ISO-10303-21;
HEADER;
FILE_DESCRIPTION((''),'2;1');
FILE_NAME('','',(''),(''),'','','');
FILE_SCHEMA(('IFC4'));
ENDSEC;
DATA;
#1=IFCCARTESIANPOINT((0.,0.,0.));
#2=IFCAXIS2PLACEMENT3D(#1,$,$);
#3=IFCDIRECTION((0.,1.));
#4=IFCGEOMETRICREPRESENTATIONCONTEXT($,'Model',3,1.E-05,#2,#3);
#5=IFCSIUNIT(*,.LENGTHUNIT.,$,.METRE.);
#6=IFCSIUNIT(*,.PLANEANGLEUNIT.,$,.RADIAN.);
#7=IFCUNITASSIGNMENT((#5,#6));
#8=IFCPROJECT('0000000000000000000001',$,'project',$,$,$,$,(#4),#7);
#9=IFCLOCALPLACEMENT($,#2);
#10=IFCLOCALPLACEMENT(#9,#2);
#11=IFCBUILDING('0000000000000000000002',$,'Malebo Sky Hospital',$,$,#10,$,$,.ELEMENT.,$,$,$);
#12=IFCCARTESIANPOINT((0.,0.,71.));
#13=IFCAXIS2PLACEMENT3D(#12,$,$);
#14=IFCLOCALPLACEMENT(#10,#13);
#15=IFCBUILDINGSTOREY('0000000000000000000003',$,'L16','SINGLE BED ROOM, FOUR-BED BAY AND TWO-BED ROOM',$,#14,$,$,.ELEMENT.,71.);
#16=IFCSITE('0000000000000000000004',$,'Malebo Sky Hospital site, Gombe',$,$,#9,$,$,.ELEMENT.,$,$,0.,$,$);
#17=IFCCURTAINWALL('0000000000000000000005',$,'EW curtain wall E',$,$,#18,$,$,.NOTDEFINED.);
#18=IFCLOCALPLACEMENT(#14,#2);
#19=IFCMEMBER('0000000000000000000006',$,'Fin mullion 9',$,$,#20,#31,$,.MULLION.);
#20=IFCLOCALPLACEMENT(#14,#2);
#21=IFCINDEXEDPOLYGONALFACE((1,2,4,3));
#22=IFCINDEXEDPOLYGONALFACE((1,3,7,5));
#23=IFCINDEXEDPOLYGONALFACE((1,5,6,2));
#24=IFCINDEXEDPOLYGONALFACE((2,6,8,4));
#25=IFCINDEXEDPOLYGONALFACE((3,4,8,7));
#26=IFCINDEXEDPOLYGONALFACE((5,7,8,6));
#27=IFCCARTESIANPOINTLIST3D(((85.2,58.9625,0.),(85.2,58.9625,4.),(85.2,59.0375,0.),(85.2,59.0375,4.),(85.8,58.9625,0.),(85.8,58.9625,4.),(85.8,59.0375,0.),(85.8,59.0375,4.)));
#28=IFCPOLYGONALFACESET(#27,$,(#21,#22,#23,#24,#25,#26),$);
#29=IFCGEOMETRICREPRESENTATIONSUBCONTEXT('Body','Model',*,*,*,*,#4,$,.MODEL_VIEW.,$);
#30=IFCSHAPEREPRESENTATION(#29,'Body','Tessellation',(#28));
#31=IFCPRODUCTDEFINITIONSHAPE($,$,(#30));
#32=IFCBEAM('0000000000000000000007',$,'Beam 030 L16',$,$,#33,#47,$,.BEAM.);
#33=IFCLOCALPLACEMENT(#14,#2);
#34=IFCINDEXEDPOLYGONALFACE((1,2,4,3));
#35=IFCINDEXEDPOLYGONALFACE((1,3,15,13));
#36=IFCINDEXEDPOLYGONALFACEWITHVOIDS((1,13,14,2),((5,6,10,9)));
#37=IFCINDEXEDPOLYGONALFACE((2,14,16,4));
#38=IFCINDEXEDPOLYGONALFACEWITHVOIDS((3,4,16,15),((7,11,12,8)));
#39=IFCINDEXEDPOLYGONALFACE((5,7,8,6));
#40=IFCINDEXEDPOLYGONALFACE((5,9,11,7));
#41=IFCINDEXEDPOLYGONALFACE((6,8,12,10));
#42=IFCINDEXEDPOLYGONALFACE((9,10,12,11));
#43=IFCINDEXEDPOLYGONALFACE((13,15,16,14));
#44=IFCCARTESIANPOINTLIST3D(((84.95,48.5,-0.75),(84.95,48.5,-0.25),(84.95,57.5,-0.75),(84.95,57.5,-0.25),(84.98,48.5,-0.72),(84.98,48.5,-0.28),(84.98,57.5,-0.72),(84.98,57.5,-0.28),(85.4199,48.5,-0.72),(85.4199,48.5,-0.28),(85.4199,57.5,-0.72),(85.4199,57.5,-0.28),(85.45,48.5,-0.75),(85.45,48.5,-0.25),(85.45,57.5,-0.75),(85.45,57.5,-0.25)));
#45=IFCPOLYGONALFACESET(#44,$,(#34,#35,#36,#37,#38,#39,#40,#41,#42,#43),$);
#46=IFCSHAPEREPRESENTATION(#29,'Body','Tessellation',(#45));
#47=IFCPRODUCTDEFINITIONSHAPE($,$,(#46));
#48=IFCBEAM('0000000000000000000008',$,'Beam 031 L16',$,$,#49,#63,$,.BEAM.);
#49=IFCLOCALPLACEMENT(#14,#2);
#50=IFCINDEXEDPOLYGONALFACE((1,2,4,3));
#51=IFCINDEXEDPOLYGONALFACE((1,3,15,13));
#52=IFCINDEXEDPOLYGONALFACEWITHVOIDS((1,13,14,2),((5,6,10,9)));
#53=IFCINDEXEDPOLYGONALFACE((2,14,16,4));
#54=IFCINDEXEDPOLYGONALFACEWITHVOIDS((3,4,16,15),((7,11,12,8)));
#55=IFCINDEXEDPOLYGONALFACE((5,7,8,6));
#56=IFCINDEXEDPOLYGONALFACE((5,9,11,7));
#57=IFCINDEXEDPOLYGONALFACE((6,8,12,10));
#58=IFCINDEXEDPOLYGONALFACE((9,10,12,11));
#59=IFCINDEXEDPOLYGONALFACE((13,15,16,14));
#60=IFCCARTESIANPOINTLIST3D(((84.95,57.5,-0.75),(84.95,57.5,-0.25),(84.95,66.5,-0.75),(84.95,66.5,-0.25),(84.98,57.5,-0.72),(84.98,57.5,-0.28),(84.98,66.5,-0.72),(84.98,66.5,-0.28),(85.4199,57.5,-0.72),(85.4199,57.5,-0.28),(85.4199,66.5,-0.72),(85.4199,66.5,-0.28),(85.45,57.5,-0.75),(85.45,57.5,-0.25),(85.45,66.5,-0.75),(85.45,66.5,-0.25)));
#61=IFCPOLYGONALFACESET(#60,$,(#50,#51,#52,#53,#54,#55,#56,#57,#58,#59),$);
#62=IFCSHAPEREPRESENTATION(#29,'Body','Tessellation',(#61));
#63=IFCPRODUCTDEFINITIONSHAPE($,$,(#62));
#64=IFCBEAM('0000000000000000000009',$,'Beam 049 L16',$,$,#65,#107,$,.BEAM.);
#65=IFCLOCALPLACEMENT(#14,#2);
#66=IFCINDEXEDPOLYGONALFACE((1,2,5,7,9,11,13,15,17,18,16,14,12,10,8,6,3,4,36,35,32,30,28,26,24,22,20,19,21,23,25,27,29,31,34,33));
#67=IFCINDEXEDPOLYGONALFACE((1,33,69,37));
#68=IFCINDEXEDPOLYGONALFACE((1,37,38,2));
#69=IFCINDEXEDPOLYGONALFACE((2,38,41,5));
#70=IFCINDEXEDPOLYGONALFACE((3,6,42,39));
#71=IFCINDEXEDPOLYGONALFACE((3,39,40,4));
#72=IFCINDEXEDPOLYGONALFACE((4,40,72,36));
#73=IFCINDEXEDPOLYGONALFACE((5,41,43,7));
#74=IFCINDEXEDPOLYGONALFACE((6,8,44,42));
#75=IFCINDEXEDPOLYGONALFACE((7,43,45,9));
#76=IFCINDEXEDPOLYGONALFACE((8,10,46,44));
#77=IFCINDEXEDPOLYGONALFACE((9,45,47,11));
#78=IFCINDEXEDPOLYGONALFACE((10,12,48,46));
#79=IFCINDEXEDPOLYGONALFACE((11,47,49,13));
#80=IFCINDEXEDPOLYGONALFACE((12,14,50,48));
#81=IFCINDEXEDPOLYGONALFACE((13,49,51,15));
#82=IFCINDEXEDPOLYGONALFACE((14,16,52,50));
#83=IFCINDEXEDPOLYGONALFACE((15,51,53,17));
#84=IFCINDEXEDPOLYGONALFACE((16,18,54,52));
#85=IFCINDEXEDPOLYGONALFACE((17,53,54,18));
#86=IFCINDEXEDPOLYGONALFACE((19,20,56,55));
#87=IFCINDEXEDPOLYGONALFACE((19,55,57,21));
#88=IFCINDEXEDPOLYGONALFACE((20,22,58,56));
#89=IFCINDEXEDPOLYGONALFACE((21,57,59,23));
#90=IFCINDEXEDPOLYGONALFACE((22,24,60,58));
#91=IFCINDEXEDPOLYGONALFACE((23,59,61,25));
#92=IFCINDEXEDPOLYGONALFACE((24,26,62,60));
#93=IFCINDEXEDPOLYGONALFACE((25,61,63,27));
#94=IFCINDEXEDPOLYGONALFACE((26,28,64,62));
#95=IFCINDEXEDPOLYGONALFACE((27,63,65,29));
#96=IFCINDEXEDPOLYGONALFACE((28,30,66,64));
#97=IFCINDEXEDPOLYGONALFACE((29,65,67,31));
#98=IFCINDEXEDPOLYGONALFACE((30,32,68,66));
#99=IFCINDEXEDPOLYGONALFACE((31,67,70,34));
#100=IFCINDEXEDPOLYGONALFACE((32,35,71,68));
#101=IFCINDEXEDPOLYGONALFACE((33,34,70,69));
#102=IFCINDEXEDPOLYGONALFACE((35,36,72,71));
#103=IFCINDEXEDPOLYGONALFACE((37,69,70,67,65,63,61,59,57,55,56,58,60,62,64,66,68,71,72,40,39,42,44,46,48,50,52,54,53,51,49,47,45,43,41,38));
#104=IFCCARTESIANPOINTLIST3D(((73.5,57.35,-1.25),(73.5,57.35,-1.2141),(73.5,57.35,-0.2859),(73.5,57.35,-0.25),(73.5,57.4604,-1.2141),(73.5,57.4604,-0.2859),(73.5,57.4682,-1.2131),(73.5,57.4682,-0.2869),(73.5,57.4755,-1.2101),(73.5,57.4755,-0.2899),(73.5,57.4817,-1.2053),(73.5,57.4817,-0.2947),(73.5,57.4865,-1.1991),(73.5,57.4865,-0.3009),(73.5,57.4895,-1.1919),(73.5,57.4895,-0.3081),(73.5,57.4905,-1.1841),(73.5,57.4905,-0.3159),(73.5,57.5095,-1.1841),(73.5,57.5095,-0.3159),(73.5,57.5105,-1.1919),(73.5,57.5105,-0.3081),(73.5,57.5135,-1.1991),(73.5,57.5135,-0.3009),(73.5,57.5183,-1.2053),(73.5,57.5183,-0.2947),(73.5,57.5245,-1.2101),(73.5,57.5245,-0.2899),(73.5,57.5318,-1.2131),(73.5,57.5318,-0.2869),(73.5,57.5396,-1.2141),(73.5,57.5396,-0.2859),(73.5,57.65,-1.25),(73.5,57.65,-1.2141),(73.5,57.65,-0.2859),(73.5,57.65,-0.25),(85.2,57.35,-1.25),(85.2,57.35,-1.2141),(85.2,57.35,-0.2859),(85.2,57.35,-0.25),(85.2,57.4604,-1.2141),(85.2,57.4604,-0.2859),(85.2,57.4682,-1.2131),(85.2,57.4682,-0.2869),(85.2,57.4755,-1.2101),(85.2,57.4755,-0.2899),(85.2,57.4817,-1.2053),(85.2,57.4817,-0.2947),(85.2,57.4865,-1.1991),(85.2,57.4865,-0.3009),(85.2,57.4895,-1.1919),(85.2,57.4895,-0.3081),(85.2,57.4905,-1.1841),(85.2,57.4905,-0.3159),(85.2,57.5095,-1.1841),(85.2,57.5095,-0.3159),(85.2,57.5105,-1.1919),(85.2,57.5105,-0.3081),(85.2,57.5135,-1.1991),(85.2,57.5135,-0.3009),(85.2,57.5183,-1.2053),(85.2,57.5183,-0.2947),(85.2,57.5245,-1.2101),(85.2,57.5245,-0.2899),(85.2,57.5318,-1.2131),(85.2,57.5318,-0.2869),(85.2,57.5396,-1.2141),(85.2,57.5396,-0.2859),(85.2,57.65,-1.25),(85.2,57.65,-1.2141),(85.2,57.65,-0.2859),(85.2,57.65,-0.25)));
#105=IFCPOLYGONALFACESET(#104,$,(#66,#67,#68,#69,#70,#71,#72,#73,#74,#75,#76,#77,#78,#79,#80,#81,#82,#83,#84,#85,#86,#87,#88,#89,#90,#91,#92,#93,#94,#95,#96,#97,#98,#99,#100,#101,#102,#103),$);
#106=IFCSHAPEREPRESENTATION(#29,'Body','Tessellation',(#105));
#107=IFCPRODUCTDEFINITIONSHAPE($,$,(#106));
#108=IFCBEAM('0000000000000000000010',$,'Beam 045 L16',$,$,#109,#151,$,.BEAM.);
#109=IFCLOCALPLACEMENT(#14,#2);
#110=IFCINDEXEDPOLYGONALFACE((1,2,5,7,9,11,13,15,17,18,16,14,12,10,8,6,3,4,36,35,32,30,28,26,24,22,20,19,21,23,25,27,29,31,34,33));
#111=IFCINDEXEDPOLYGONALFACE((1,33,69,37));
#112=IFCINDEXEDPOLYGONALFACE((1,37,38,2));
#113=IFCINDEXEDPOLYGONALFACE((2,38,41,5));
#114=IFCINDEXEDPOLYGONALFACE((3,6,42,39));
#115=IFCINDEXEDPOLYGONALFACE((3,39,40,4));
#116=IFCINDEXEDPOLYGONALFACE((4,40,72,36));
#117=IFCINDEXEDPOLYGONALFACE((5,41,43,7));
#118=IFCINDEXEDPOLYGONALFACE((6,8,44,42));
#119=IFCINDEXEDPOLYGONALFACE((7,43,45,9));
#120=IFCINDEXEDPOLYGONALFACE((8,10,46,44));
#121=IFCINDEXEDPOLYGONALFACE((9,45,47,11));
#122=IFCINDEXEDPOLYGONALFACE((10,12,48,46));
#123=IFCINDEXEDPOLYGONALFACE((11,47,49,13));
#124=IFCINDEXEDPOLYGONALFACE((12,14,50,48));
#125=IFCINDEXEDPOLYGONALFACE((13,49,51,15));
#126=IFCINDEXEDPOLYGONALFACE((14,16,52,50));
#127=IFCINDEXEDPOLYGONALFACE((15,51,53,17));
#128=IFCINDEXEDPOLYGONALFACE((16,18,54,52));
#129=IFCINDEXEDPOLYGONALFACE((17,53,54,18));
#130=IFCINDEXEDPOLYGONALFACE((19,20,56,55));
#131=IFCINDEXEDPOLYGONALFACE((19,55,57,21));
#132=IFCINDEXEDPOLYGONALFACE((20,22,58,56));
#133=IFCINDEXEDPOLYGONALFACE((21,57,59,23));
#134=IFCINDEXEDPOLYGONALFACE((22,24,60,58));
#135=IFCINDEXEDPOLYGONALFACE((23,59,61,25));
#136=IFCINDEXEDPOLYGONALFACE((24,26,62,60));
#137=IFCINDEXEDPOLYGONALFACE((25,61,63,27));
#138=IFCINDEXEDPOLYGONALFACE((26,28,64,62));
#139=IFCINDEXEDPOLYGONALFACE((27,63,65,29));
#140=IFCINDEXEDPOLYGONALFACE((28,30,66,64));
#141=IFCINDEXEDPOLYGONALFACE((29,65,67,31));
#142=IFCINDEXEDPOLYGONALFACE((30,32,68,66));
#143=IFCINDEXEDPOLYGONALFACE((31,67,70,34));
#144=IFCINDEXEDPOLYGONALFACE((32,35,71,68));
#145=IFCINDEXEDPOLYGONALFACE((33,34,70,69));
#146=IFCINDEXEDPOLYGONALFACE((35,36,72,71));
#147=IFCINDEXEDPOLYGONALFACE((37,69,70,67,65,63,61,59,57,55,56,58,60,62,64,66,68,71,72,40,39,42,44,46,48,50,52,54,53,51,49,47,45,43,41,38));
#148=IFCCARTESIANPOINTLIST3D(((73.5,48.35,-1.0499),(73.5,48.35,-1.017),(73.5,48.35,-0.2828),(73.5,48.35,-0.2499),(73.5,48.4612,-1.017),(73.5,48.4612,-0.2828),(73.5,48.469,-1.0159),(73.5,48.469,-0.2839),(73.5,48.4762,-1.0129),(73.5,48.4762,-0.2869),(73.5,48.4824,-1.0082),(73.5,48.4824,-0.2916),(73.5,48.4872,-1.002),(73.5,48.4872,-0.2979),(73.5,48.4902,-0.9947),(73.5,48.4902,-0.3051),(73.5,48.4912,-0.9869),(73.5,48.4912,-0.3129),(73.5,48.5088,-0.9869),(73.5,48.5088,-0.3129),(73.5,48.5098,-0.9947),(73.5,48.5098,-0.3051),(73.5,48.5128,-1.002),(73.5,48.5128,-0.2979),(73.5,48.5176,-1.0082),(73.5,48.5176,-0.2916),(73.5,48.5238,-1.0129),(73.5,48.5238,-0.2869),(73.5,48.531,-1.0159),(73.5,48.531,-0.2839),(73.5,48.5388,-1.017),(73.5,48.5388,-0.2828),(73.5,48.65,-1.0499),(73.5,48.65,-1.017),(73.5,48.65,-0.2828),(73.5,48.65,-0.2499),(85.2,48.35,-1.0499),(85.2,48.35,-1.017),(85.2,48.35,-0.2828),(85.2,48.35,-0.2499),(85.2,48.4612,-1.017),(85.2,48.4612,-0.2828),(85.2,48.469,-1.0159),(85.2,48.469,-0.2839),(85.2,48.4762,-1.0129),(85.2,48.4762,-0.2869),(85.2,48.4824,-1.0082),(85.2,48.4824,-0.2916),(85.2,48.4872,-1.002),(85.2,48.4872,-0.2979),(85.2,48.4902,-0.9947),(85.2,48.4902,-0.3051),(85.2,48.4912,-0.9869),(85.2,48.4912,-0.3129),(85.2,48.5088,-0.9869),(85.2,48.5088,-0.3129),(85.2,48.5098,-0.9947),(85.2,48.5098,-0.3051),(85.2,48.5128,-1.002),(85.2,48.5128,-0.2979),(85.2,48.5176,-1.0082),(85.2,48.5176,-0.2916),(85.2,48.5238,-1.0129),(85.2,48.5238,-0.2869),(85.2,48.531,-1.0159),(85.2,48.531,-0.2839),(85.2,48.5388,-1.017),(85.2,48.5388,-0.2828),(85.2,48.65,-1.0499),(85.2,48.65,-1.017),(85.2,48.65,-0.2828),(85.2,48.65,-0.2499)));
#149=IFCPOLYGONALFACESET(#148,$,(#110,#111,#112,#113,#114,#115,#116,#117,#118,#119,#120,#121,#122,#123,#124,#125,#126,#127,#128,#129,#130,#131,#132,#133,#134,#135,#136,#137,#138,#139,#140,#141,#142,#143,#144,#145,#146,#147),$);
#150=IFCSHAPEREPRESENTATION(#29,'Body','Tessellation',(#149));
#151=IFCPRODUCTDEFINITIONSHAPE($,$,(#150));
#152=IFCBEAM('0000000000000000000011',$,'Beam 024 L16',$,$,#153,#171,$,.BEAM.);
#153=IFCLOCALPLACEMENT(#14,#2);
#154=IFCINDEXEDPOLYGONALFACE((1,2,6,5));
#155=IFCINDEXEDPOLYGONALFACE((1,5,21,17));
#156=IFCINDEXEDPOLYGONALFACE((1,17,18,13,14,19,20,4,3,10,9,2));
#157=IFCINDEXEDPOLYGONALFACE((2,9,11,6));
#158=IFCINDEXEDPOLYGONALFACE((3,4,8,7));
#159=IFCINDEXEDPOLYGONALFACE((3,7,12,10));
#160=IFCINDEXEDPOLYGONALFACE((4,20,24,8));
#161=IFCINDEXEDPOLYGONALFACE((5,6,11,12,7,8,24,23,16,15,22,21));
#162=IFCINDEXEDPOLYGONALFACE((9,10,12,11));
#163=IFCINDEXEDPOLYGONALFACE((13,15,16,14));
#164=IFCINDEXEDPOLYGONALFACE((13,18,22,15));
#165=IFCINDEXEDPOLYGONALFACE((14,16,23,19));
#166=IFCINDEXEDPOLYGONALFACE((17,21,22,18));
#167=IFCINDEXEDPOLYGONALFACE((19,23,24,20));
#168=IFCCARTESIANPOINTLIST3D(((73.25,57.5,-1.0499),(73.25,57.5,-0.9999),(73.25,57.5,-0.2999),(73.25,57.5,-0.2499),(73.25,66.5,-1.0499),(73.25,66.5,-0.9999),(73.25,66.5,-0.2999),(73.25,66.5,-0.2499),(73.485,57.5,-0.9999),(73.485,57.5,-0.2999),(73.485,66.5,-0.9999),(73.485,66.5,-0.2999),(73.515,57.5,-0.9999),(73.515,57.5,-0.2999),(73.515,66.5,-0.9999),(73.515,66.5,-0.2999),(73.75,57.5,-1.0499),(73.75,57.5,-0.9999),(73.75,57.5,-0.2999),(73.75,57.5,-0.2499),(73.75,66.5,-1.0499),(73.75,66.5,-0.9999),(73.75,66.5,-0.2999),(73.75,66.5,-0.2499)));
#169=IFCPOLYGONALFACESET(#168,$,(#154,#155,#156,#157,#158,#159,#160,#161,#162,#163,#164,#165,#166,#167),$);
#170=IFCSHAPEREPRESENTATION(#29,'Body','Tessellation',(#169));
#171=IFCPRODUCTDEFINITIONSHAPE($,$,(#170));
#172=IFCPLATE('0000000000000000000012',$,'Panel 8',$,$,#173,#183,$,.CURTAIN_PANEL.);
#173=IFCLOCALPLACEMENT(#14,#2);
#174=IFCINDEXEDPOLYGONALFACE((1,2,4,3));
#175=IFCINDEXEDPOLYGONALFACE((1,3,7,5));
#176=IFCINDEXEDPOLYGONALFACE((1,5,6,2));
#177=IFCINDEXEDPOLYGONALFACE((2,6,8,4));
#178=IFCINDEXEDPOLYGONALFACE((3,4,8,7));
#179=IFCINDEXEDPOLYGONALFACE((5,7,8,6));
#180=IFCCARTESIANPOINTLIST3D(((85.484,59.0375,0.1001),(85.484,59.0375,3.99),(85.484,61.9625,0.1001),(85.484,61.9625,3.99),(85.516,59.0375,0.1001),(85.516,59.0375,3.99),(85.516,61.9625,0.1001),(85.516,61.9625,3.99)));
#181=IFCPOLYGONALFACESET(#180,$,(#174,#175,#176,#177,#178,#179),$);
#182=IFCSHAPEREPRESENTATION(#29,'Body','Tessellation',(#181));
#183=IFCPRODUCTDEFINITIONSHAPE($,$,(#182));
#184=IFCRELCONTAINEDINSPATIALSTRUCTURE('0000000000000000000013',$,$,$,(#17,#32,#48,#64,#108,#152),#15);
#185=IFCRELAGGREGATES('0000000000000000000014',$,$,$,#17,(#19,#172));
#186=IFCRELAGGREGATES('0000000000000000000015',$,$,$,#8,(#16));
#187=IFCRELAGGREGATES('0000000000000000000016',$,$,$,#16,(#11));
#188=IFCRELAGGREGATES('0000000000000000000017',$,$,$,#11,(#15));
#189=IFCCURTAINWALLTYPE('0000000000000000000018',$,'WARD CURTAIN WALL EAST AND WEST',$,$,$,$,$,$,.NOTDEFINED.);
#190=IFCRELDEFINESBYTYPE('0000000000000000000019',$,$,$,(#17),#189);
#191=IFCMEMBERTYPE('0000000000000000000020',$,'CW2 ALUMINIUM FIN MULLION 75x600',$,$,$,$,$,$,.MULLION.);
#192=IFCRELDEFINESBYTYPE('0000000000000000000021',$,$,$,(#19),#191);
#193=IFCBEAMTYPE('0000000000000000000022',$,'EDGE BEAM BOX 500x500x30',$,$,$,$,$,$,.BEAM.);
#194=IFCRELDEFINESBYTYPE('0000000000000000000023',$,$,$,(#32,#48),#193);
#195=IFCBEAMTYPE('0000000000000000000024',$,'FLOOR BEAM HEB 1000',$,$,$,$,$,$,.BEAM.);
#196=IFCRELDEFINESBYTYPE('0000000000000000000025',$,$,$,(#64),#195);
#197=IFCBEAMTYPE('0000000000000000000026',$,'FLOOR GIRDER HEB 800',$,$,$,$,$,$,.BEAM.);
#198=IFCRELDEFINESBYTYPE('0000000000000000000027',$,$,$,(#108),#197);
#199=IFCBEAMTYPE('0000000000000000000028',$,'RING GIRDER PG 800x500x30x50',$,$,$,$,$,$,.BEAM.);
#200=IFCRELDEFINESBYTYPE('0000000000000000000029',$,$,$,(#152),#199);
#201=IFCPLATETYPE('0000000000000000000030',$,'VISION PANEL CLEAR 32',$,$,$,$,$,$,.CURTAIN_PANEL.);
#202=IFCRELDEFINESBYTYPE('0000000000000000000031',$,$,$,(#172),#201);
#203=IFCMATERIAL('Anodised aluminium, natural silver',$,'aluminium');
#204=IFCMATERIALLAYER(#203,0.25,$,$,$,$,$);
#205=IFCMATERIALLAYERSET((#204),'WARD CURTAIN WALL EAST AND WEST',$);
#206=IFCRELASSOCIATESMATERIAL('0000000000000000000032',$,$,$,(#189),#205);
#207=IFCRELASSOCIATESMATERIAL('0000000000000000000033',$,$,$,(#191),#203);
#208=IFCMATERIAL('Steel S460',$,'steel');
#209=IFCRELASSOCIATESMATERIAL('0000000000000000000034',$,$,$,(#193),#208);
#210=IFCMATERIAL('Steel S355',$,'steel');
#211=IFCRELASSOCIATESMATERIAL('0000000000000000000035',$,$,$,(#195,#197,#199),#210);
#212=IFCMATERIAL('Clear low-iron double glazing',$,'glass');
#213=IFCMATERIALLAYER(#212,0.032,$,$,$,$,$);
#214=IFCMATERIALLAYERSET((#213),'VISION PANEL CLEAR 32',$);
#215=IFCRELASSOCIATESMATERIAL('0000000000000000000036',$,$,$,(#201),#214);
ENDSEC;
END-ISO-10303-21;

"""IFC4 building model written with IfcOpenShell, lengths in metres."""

from ifc_helpers import new_model, si_unit, direction, frame, origin, origin_2d, place, context, subcontext, project, spatial, rectangle, hollow_rectangle, i_section, extrude, material, layer, layer_set, material_profile, profile_set, type_object, element, aggregate, save


model = new_model("IFC4")

# Units and contexts
model_context = context("Model", 3, precision=1e-05, world=origin(), true_north=direction((0.0, 1.0)))
body_context = subcontext(model_context, "Body", "Model", "MODEL_VIEW")
ifc_project = project(units=[si_unit("LENGTHUNIT", "METRE"), si_unit("PLANEANGLEUNIT", "RADIAN")], contexts=[model_context])

# Site, building, storey
site_placement = place(None, origin())
site = spatial("IfcSite", under=ifc_project, at=site_placement, Name="Malebo Sky Hospital site, Gombe", CompositionType="ELEMENT", RefElevation=0.0)
building_placement = place(site_placement, origin())
building = spatial("IfcBuilding", under=site, at=building_placement, Name="Malebo Sky Hospital", CompositionType="ELEMENT")
storey_placement = place(building_placement, frame((0.0, 0.0, 71.0)))
storey = spatial("IfcBuildingStorey", under=building, at=storey_placement, Name="L16", Description="SINGLE BED ROOM, FOUR-BED BAY AND TWO-BED ROOM", CompositionType="ELEMENT", Elevation=71.0)

# Shared definitions
ifc_material_1 = material(Name="Steel S460", Category="steel")

# Curtain wall
ifc_material_2 = material(Name="Anodised aluminium, natural silver", Category="aluminium")
ifc_layer_1 = layer(ifc_material_2, 0.25)
ifc_layer_set_1 = layer_set([ifc_layer_1], Name="WARD CURTAIN WALL EAST AND WEST")
curtain_wall_type = type_object("IfcCurtainWallType", Name="WARD CURTAIN WALL EAST AND WEST", PredefinedType="NOTDEFINED", material=ifc_layer_set_1)
curtain_wall_placement = place(storey_placement, origin())
curtain_wall = element("IfcCurtainWall", 1, at=curtain_wall_placement, inside=storey, type_object=curtain_wall_type, Name="EW curtain wall E", PredefinedType="NOTDEFINED")

# Member
ifc_material_3 = material(Name="Steel S355", Category="steel")
ifc_material_profile_1 = material_profile(ifc_material_2, rectangle(XDim=0.075, YDim=0.6001, at=origin_2d()), Name="CW2 ALUMINIUM FIN MULLION 75x600")
ifc_profile_set_1 = profile_set([ifc_material_profile_1], Name="Anodised aluminium, natural silver")
member_type_1 = type_object("IfcMemberType", Name="CW2 ALUMINIUM FIN MULLION 75x600", PredefinedType="MULLION", material=ifc_profile_set_1)
member_1_placement = place(storey_placement, frame((85.5, 59.0, 0.0), z_axis=(0.0, 0.0, 1.0), x_axis=(0.0, -1.0, 0.0)))
member_1 = element("IfcMember", 2, at=member_1_placement, type_object=member_type_1, Name="Fin mullion 9", PredefinedType="MULLION", context=body_context, shape_type="SweptSolid", body=[
    extrude(rectangle(XDim=0.075, YDim=0.6001, at=origin_2d()), origin(), (0.0, 0.0, 1.0), 4.0),
])

# Beams
ifc_material_profile_2 = material_profile(ifc_material_1, hollow_rectangle(XDim=0.5, YDim=0.5, WallThickness=0.03, at=origin_2d()), Name="BOX 500x500x30")
ifc_profile_set_2 = profile_set([ifc_material_profile_2], Name="Steel S460")
beam_type_1 = type_object("IfcBeamType", Name="EDGE BEAM BOX 500x500x30", PredefinedType="BEAM", material=ifc_profile_set_2)
for number, where, z_axis, x_axis, name in (
    (3, (85.2, 48.5, -0.5), (0.0, 1.0, 0.0), (-1.0, 0.0, 0.0), "Beam 030 L16"),
    (4, (85.2, 57.5, -0.5), (0.0, 1.0, 0.0), (-1.0, 0.0, 0.0), "Beam 031 L16"),
):
    element("IfcBeam", number, at=place(storey_placement, frame(where, z_axis=z_axis, x_axis=x_axis)), inside=storey, type_object=beam_type_1, Name=name, PredefinedType="BEAM", context=body_context, shape_type="SweptSolid", body=[
        extrude(hollow_rectangle(XDim=0.5, YDim=0.5, WallThickness=0.03, at=origin_2d()), origin(), (0.0, 0.0, 1.0), 9.0),
    ])
ifc_material_profile_3 = material_profile(ifc_material_3, i_section(OverallWidth=0.3, OverallDepth=1.0, WebThickness=0.019, FlangeThickness=0.0359, FilletRadius=0.03, at=origin_2d()), Name="HEB 1000")
ifc_profile_set_3 = profile_set([ifc_material_profile_3], Name="Steel S355")
beam_type_2 = type_object("IfcBeamType", Name="FLOOR BEAM HEB 1000", PredefinedType="BEAM", material=ifc_profile_set_3)
beam_1_placement = place(storey_placement, frame((73.5, 57.5, -0.75), z_axis=(1.0, 0.0, 0.0), x_axis=(0.0, 1.0, 0.0)))
element("IfcBeam", 5, at=beam_1_placement, inside=storey, type_object=beam_type_2, Name="Beam 049 L16", PredefinedType="BEAM", context=body_context, shape_type="SweptSolid", body=[
    extrude(i_section(OverallWidth=0.3, OverallDepth=1.0, WebThickness=0.019, FlangeThickness=0.0359, FilletRadius=0.03, at=origin_2d()), origin(), (0.0, 0.0, 1.0), 11.7),
])
ifc_material_profile_4 = material_profile(ifc_material_3, i_section(OverallWidth=0.3, OverallDepth=0.8, WebThickness=0.0176, FlangeThickness=0.033, FilletRadius=0.03, at=origin_2d()), Name="HEB 800")
ifc_profile_set_4 = profile_set([ifc_material_profile_4], Name="Steel S355")
beam_type_3 = type_object("IfcBeamType", Name="FLOOR GIRDER HEB 800", PredefinedType="BEAM", material=ifc_profile_set_4)
beam_2_placement = place(storey_placement, frame((73.5, 48.5, -0.6499), z_axis=(1.0, 0.0, 0.0), x_axis=(0.0, 1.0, 0.0)))
element("IfcBeam", 6, at=beam_2_placement, inside=storey, type_object=beam_type_3, Name="Beam 045 L16", PredefinedType="BEAM", context=body_context, shape_type="SweptSolid", body=[
    extrude(i_section(OverallWidth=0.3, OverallDepth=0.8, WebThickness=0.0176, FlangeThickness=0.033, FilletRadius=0.03, at=origin_2d()), origin(), (0.0, 0.0, 1.0), 11.7),
])
ifc_material_profile_5 = material_profile(ifc_material_3, i_section(OverallWidth=0.5, OverallDepth=0.8, WebThickness=0.03, FlangeThickness=0.05, at=origin_2d()), Name="PG 800x500x30x50")
ifc_profile_set_5 = profile_set([ifc_material_profile_5], Name="Steel S355")
beam_type_4 = type_object("IfcBeamType", Name="RING GIRDER PG 800x500x30x50", PredefinedType="BEAM", material=ifc_profile_set_5)
beam_3_placement = place(storey_placement, frame((73.5, 57.5, -0.6499), z_axis=(0.0, 1.0, 0.0), x_axis=(-1.0, 0.0, 0.0)))
element("IfcBeam", 7, at=beam_3_placement, inside=storey, type_object=beam_type_4, Name="Beam 024 L16", PredefinedType="BEAM", context=body_context, shape_type="SweptSolid", body=[
    extrude(i_section(OverallWidth=0.5, OverallDepth=0.8, WebThickness=0.03, FlangeThickness=0.05, at=origin_2d()), origin(), (0.0, 0.0, 1.0), 9.0),
])

# Plate
ifc_material_4 = material(Name="Clear low-iron double glazing", Category="glass")
ifc_layer_2 = layer(ifc_material_4, 0.032)
ifc_layer_set_2 = layer_set([ifc_layer_2], Name="VISION PANEL CLEAR 32")
plate_type = type_object("IfcPlateType", Name="VISION PANEL CLEAR 32", PredefinedType="CURTAIN_PANEL", material=ifc_layer_set_2)
plate_1_placement = place(storey_placement, frame((85.5, 60.5, 0.1001), z_axis=(0.0, 0.0, 1.0), x_axis=(0.0, -1.0, 0.0)))
plate_1 = element("IfcPlate", 8, at=plate_1_placement, type_object=plate_type, Name="Panel 8", PredefinedType="CURTAIN_PANEL", context=body_context, shape_type="SweptSolid", body=[
    extrude(rectangle(XDim=2.925, YDim=0.032, at=origin_2d()), origin(), (0.0, 0.0, 1.0), 3.8899),
])
aggregate(curtain_wall, [member_1, plate_1])

save(model, "model.ifc")
